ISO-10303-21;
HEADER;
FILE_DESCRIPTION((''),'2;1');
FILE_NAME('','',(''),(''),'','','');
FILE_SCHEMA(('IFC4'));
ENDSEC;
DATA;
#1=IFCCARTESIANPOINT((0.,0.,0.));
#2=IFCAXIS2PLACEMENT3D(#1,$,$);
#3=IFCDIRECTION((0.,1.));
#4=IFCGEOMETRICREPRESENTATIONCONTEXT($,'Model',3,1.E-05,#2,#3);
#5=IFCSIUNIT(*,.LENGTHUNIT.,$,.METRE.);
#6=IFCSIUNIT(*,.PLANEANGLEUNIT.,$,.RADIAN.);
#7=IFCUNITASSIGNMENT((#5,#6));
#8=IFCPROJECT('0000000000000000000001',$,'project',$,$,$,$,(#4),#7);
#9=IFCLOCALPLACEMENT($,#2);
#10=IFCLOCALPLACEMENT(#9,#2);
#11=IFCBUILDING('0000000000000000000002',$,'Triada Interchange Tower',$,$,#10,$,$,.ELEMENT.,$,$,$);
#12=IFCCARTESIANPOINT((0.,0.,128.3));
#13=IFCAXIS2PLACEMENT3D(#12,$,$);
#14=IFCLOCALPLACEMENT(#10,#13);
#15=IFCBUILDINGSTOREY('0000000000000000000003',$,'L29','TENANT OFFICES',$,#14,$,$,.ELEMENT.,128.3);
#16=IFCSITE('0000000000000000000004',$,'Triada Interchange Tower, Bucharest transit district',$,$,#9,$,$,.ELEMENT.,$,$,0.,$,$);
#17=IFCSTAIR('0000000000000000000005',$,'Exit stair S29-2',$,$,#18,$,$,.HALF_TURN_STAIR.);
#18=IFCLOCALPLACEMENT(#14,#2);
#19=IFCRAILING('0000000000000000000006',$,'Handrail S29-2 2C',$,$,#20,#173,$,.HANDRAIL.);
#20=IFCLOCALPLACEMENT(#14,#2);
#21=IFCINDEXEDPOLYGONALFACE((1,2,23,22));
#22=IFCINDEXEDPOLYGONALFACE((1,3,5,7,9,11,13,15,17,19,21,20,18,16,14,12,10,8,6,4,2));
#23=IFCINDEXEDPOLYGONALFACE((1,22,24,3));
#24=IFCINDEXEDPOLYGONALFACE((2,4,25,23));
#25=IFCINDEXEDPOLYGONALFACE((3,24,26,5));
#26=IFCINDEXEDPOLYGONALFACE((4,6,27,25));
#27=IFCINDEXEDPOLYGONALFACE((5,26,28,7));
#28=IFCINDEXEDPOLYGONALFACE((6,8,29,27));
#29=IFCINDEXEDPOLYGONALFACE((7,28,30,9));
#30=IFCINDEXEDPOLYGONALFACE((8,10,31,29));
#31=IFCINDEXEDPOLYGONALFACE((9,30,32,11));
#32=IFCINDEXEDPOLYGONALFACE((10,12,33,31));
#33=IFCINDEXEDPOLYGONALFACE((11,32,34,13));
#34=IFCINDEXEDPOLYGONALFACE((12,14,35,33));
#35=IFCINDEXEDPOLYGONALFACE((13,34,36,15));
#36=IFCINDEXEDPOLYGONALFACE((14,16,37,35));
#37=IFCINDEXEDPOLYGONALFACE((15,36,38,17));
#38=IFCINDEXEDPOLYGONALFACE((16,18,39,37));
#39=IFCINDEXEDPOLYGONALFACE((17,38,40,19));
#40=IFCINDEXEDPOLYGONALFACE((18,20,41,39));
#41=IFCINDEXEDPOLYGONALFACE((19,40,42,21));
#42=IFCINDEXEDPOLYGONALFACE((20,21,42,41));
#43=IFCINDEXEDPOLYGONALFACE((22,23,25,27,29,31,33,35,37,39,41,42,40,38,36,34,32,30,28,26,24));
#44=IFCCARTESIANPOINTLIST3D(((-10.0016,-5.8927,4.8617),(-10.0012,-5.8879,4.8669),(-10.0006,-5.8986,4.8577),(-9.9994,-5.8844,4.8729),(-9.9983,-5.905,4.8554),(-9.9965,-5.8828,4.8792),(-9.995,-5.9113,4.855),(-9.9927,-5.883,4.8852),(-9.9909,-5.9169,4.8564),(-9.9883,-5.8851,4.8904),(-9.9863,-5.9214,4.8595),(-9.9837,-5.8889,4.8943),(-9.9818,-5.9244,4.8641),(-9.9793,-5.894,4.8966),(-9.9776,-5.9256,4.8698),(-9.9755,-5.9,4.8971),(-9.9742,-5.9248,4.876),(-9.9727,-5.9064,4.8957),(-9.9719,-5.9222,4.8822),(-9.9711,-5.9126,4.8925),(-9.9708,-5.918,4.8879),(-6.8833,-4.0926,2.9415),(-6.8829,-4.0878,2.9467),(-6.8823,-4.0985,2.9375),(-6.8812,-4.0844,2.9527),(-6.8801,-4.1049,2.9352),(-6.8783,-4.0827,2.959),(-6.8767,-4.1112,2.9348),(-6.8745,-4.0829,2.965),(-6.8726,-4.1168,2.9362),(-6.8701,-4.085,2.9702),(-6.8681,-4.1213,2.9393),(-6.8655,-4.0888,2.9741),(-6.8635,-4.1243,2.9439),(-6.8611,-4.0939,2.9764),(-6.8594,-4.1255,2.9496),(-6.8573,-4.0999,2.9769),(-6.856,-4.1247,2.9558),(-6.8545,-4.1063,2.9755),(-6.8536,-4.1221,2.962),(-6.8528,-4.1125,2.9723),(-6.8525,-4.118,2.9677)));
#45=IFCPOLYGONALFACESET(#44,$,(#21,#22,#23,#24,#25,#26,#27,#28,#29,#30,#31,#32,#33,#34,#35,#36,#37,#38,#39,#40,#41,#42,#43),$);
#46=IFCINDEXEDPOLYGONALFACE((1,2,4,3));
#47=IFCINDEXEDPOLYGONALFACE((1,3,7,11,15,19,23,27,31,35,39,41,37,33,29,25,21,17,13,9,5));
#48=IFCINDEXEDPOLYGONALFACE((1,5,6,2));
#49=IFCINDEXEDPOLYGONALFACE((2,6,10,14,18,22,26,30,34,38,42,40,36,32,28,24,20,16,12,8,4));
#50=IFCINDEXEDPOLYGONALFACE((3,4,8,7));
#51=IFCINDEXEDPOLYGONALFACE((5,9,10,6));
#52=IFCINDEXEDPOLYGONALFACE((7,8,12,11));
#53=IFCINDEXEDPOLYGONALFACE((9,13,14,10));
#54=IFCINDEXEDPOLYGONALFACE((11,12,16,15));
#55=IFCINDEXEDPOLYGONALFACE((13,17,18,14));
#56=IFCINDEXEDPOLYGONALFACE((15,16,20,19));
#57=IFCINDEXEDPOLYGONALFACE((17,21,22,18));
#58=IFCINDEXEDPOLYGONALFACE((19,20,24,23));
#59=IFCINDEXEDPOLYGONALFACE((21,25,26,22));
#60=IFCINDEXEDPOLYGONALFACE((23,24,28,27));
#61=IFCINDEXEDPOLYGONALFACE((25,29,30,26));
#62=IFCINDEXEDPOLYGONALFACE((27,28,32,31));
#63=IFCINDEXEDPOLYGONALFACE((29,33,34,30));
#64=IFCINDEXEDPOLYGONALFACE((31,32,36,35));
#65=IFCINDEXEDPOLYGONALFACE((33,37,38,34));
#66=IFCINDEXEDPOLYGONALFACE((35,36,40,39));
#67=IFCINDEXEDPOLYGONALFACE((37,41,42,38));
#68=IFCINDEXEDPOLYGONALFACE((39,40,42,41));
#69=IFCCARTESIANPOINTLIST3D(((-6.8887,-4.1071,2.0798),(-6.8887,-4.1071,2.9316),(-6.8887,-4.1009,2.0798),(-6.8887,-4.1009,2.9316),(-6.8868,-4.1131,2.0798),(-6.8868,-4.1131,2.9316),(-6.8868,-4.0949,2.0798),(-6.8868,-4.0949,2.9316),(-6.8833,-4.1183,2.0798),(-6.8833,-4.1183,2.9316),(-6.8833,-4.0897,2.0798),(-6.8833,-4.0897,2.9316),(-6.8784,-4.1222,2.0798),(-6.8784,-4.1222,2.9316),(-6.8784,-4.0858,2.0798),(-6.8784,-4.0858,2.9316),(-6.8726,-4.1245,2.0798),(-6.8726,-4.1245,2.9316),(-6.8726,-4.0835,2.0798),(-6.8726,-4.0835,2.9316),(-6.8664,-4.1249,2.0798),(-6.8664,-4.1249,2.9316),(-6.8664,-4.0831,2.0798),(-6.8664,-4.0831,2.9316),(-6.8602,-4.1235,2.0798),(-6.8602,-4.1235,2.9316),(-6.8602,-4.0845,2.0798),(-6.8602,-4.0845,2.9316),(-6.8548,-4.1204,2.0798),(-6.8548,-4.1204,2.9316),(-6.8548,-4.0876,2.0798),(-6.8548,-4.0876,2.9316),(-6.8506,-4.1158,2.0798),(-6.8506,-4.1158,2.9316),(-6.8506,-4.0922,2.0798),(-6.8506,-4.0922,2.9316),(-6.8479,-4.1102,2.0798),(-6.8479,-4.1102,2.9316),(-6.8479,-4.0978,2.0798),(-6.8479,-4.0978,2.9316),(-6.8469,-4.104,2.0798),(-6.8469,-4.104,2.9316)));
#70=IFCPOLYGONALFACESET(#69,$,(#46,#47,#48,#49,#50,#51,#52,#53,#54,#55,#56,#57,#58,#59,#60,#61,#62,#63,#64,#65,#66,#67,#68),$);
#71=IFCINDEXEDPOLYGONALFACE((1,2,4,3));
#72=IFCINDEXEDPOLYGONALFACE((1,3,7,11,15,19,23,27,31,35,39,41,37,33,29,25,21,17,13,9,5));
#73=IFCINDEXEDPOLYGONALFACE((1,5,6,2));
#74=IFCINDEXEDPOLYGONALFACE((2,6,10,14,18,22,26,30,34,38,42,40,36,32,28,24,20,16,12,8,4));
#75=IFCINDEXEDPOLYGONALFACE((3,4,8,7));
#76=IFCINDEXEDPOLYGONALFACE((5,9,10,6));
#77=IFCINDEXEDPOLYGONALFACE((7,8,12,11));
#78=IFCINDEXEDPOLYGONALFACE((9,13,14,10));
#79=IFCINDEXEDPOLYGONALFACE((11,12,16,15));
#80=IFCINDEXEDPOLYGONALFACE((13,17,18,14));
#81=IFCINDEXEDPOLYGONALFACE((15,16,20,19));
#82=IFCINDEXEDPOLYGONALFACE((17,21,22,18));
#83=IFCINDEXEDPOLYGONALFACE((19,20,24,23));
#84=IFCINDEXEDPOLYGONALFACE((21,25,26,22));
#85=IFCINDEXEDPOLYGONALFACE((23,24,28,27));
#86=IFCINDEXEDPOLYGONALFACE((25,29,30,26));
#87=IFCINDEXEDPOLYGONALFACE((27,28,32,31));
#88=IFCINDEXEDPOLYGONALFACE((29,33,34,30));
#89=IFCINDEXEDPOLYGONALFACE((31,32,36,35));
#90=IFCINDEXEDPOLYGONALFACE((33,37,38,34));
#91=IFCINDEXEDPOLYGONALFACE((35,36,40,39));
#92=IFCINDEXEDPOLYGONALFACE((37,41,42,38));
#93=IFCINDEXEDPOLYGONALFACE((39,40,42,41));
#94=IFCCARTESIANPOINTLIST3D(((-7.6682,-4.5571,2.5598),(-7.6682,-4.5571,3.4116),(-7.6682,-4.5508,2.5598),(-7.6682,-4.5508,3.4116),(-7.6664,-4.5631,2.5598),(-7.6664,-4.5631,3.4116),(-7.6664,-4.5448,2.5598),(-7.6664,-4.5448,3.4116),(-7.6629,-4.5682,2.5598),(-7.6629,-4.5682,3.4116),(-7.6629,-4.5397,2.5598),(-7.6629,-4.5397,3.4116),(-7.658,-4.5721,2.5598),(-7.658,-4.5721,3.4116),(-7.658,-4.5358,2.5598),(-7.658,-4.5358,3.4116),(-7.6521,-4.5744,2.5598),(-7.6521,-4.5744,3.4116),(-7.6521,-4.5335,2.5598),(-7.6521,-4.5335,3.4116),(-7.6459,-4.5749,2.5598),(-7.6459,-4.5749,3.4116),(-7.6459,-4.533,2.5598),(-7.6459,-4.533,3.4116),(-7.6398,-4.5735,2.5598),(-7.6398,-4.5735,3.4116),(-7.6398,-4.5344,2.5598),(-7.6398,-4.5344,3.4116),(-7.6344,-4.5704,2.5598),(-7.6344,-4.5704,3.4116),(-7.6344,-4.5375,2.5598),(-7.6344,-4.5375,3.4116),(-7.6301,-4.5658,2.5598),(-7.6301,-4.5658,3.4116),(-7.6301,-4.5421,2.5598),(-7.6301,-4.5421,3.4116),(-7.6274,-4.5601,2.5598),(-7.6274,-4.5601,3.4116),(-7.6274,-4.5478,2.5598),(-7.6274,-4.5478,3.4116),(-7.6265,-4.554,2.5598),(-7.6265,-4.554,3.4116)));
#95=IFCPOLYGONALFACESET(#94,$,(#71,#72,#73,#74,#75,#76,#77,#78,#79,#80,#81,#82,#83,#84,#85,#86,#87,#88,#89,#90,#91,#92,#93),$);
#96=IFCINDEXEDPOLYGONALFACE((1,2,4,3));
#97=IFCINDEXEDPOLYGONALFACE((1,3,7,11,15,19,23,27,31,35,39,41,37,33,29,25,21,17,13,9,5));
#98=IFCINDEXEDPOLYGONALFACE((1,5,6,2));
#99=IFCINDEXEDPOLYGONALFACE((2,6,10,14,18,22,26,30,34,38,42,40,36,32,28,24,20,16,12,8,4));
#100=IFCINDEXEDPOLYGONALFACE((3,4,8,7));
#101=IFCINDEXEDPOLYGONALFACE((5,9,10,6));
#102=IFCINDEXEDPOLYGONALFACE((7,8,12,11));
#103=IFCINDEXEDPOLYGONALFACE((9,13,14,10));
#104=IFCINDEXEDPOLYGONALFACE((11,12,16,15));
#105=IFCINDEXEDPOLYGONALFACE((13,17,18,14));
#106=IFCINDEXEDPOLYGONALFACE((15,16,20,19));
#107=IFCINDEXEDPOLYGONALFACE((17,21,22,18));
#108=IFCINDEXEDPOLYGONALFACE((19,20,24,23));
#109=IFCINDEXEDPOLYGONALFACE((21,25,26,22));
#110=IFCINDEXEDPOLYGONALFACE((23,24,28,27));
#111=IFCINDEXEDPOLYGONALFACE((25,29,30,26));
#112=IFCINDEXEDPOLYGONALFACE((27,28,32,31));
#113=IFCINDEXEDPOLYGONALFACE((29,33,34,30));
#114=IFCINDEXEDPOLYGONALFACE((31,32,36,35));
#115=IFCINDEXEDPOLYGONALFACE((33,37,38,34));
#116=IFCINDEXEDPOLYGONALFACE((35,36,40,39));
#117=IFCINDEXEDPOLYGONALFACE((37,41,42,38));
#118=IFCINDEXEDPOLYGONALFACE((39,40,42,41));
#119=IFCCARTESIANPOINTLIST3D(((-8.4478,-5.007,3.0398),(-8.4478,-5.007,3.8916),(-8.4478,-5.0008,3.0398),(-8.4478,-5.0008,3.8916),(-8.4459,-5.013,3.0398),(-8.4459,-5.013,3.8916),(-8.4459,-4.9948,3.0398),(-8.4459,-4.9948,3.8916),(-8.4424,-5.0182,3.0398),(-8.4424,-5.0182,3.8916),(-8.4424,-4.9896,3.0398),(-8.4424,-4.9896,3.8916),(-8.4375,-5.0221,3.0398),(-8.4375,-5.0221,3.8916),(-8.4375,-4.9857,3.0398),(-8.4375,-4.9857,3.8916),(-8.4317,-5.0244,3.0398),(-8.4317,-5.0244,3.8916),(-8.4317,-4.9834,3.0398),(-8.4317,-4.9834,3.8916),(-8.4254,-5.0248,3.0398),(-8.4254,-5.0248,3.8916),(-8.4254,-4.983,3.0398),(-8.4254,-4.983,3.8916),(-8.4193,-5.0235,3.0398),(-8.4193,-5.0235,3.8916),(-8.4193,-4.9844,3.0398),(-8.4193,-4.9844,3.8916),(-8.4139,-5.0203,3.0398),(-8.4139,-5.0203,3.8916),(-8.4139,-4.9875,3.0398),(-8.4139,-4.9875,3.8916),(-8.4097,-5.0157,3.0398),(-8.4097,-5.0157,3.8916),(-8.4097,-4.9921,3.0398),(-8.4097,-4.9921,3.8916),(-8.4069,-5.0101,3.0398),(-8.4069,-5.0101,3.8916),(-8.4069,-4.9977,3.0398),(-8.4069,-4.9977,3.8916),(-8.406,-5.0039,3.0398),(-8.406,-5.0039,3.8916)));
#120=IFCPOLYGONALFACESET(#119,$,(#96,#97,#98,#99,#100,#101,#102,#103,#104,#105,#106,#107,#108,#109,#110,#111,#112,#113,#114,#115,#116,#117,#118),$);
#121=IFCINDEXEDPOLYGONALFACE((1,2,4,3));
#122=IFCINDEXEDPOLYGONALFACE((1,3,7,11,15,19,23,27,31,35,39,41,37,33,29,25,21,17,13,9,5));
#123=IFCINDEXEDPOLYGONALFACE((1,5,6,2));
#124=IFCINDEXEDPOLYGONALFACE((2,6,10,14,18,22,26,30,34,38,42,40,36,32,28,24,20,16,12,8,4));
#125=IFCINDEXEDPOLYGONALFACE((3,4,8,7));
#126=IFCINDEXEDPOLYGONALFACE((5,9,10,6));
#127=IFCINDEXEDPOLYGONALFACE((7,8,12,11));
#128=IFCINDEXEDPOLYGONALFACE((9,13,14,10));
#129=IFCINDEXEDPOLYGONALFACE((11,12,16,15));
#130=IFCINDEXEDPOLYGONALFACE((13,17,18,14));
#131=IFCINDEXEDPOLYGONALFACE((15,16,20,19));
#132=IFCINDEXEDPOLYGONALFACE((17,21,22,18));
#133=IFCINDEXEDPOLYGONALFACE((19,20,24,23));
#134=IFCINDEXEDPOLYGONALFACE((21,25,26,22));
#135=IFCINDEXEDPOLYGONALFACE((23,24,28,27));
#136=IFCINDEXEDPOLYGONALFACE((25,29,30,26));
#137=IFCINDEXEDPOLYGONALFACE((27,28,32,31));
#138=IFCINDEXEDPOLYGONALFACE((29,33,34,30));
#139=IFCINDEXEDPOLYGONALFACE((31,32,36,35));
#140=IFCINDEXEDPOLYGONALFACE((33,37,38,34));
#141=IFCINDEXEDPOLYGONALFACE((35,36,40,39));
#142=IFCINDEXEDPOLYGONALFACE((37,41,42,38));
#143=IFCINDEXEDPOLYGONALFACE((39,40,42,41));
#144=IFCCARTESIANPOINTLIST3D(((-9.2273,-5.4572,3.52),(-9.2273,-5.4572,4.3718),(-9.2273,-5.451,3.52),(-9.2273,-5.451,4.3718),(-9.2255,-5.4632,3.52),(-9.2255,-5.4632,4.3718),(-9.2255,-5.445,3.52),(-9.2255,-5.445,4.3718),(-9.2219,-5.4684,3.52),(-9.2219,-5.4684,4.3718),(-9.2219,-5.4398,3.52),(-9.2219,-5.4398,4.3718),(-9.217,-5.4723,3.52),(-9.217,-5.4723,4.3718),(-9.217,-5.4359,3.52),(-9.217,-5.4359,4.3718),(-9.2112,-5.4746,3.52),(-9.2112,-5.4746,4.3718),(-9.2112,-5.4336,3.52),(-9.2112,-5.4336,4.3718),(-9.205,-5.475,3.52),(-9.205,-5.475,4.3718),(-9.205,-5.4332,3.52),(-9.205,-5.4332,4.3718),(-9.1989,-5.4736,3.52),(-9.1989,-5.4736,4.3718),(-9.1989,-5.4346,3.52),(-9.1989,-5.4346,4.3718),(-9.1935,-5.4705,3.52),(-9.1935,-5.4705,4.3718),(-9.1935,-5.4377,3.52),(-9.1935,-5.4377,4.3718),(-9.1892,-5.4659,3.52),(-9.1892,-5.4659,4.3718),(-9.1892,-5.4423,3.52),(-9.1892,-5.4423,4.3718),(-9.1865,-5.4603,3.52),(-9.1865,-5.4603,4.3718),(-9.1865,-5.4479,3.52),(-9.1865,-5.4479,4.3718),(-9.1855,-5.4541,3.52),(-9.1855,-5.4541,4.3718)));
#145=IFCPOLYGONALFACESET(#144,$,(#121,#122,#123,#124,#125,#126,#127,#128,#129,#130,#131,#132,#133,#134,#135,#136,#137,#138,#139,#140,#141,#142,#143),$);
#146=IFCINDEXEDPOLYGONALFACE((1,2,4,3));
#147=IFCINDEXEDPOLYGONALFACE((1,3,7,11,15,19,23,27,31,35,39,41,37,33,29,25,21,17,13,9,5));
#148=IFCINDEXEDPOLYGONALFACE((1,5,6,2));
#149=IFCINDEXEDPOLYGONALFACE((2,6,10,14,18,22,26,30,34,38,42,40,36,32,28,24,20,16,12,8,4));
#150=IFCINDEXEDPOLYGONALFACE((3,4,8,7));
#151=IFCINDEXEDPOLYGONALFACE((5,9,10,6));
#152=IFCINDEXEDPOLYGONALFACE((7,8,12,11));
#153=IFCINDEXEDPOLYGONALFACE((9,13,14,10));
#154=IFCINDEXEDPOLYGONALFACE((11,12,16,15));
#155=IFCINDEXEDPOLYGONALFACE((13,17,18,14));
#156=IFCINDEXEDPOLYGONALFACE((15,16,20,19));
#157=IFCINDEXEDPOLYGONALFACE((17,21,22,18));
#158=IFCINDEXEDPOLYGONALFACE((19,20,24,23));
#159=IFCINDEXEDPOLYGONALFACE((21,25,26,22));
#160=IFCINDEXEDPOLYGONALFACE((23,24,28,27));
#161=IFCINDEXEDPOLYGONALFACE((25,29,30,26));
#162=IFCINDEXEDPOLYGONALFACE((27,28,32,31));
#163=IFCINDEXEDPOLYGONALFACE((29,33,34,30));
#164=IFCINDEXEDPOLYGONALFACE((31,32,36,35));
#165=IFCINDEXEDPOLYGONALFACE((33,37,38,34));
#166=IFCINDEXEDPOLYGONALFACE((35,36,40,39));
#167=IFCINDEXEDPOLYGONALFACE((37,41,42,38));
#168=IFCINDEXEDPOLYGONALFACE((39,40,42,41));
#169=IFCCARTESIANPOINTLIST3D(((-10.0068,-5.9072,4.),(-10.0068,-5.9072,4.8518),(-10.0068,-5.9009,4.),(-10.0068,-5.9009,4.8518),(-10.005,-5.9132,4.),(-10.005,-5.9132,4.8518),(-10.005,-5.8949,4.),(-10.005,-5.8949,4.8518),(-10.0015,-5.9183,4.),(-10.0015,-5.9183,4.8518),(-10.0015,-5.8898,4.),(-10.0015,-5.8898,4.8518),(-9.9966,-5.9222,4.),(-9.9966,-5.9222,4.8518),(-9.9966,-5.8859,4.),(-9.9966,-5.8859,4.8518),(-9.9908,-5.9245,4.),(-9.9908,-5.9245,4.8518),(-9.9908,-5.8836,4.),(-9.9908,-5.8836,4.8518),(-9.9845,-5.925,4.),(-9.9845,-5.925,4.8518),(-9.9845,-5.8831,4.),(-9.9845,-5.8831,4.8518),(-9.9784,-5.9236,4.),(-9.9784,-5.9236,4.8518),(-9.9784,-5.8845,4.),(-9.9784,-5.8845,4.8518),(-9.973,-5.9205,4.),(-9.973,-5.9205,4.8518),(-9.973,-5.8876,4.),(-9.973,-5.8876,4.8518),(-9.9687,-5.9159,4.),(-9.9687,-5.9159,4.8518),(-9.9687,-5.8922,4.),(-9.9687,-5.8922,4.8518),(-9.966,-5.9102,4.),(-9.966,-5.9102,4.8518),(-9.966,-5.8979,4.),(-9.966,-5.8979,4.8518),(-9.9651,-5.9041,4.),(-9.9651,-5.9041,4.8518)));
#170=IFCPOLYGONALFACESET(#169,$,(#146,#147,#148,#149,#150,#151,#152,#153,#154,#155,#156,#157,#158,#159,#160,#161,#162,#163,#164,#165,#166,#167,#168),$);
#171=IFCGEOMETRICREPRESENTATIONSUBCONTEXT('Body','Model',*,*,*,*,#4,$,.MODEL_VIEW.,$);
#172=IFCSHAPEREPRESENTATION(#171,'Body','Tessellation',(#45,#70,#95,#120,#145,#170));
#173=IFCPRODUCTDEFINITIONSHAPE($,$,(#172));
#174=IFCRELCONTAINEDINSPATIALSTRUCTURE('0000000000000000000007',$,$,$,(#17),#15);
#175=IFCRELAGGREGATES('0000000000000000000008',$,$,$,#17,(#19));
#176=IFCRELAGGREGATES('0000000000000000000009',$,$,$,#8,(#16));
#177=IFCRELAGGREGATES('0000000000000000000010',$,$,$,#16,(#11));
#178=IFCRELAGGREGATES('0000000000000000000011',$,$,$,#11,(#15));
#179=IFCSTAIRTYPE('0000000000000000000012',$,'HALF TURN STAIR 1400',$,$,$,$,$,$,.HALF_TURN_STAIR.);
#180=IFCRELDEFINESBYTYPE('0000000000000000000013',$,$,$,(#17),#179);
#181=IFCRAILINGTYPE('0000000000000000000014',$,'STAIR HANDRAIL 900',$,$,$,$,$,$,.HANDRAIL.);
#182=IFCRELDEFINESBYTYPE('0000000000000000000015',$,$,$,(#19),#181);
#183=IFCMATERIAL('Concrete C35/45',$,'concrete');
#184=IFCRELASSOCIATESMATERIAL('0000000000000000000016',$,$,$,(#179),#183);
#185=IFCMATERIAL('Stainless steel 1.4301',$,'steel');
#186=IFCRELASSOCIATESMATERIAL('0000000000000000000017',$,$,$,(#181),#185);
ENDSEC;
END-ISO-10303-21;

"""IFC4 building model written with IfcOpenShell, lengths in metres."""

from ifc_helpers import new_model, si_unit, direction, frame, origin, origin_2d, place, context, subcontext, project, spatial, circle, extrude, material, type_object, element, aggregate, save


model = new_model("IFC4")

# Units and contexts
model_context = context("Model", 3, precision=1e-05, world=origin(), true_north=direction((0.0, 1.0)))
body_context = subcontext(model_context, "Body", "Model", "MODEL_VIEW")
ifc_project = project(units=[si_unit("LENGTHUNIT", "METRE"), si_unit("PLANEANGLEUNIT", "RADIAN")], contexts=[model_context])

# Site, building, storey
site_placement = place(None, origin())
site = spatial("IfcSite", under=ifc_project, at=site_placement, Name="Triada Interchange Tower, Bucharest transit district", CompositionType="ELEMENT", RefElevation=0.0)
building_placement = place(site_placement, origin())
building = spatial("IfcBuilding", under=site, at=building_placement, Name="Triada Interchange Tower", CompositionType="ELEMENT")
storey_placement = place(building_placement, frame((0.0, 0.0, 128.3)))
storey = spatial("IfcBuildingStorey", under=building, at=storey_placement, Name="L29", Description="TENANT OFFICES", CompositionType="ELEMENT", Elevation=128.3)

# Stair, railing
ifc_material_1 = material(Name="Concrete C35/45", Category="concrete")
stair_type = type_object("IfcStairType", Name="HALF TURN STAIR 1400", PredefinedType="HALF_TURN_STAIR", material=ifc_material_1)
stair_placement = place(storey_placement, origin())
stair = element("IfcStair", 1, at=stair_placement, inside=storey, type_object=stair_type, Name="Exit stair S29-2", PredefinedType="HALF_TURN_STAIR")
ifc_material_2 = material(Name="Stainless steel 1.4301", Category="steel")
railing_type = type_object("IfcRailingType", Name="STAIR HANDRAIL 900", PredefinedType="HANDRAIL", material=ifc_material_2)
railing_1_placement = place(storey_placement, frame((-6.8679, -4.104, 2.0798)))
railing_1 = element("IfcRailing", 2, at=railing_1_placement, type_object=railing_type, Name="Handrail S29-2 2C", PredefinedType="HANDRAIL", context=body_context, shape_type="SweptSolid", body=[
    extrude(circle(Radius=0.0239, at=origin_2d()), frame((0.0, 0.0, 0.876), z_axis=(-0.76417, -0.441139, 0.470576), x_axis=(0.499953, -0.866052, 0.0)), (0.0, 0.0, 1.0), 4.0806),
    extrude(circle(Radius=0.021, at=origin_2d()), origin(), (0.0, 0.0, 1.0), 0.8518),
    extrude(circle(Radius=0.021, at=origin_2d()), frame((-0.7795, -0.45, 0.48)), (0.0, 0.0, 1.0), 0.8518),
    extrude(circle(Radius=0.021, at=origin_2d()), frame((-1.5591, -0.8999, 0.96)), (0.0, 0.0, 1.0), 0.8518),
    extrude(circle(Radius=0.021, at=origin_2d()), frame((-2.3386, -1.3501, 1.4402)), (0.0, 0.0, 1.0), 0.8518),
    extrude(circle(Radius=0.021, at=origin_2d()), frame((-3.1182, -1.8, 1.9202)), (0.0, 0.0, 1.0), 0.8518),
])
aggregate(stair, [railing_1])

save(model, "model.ifc")
